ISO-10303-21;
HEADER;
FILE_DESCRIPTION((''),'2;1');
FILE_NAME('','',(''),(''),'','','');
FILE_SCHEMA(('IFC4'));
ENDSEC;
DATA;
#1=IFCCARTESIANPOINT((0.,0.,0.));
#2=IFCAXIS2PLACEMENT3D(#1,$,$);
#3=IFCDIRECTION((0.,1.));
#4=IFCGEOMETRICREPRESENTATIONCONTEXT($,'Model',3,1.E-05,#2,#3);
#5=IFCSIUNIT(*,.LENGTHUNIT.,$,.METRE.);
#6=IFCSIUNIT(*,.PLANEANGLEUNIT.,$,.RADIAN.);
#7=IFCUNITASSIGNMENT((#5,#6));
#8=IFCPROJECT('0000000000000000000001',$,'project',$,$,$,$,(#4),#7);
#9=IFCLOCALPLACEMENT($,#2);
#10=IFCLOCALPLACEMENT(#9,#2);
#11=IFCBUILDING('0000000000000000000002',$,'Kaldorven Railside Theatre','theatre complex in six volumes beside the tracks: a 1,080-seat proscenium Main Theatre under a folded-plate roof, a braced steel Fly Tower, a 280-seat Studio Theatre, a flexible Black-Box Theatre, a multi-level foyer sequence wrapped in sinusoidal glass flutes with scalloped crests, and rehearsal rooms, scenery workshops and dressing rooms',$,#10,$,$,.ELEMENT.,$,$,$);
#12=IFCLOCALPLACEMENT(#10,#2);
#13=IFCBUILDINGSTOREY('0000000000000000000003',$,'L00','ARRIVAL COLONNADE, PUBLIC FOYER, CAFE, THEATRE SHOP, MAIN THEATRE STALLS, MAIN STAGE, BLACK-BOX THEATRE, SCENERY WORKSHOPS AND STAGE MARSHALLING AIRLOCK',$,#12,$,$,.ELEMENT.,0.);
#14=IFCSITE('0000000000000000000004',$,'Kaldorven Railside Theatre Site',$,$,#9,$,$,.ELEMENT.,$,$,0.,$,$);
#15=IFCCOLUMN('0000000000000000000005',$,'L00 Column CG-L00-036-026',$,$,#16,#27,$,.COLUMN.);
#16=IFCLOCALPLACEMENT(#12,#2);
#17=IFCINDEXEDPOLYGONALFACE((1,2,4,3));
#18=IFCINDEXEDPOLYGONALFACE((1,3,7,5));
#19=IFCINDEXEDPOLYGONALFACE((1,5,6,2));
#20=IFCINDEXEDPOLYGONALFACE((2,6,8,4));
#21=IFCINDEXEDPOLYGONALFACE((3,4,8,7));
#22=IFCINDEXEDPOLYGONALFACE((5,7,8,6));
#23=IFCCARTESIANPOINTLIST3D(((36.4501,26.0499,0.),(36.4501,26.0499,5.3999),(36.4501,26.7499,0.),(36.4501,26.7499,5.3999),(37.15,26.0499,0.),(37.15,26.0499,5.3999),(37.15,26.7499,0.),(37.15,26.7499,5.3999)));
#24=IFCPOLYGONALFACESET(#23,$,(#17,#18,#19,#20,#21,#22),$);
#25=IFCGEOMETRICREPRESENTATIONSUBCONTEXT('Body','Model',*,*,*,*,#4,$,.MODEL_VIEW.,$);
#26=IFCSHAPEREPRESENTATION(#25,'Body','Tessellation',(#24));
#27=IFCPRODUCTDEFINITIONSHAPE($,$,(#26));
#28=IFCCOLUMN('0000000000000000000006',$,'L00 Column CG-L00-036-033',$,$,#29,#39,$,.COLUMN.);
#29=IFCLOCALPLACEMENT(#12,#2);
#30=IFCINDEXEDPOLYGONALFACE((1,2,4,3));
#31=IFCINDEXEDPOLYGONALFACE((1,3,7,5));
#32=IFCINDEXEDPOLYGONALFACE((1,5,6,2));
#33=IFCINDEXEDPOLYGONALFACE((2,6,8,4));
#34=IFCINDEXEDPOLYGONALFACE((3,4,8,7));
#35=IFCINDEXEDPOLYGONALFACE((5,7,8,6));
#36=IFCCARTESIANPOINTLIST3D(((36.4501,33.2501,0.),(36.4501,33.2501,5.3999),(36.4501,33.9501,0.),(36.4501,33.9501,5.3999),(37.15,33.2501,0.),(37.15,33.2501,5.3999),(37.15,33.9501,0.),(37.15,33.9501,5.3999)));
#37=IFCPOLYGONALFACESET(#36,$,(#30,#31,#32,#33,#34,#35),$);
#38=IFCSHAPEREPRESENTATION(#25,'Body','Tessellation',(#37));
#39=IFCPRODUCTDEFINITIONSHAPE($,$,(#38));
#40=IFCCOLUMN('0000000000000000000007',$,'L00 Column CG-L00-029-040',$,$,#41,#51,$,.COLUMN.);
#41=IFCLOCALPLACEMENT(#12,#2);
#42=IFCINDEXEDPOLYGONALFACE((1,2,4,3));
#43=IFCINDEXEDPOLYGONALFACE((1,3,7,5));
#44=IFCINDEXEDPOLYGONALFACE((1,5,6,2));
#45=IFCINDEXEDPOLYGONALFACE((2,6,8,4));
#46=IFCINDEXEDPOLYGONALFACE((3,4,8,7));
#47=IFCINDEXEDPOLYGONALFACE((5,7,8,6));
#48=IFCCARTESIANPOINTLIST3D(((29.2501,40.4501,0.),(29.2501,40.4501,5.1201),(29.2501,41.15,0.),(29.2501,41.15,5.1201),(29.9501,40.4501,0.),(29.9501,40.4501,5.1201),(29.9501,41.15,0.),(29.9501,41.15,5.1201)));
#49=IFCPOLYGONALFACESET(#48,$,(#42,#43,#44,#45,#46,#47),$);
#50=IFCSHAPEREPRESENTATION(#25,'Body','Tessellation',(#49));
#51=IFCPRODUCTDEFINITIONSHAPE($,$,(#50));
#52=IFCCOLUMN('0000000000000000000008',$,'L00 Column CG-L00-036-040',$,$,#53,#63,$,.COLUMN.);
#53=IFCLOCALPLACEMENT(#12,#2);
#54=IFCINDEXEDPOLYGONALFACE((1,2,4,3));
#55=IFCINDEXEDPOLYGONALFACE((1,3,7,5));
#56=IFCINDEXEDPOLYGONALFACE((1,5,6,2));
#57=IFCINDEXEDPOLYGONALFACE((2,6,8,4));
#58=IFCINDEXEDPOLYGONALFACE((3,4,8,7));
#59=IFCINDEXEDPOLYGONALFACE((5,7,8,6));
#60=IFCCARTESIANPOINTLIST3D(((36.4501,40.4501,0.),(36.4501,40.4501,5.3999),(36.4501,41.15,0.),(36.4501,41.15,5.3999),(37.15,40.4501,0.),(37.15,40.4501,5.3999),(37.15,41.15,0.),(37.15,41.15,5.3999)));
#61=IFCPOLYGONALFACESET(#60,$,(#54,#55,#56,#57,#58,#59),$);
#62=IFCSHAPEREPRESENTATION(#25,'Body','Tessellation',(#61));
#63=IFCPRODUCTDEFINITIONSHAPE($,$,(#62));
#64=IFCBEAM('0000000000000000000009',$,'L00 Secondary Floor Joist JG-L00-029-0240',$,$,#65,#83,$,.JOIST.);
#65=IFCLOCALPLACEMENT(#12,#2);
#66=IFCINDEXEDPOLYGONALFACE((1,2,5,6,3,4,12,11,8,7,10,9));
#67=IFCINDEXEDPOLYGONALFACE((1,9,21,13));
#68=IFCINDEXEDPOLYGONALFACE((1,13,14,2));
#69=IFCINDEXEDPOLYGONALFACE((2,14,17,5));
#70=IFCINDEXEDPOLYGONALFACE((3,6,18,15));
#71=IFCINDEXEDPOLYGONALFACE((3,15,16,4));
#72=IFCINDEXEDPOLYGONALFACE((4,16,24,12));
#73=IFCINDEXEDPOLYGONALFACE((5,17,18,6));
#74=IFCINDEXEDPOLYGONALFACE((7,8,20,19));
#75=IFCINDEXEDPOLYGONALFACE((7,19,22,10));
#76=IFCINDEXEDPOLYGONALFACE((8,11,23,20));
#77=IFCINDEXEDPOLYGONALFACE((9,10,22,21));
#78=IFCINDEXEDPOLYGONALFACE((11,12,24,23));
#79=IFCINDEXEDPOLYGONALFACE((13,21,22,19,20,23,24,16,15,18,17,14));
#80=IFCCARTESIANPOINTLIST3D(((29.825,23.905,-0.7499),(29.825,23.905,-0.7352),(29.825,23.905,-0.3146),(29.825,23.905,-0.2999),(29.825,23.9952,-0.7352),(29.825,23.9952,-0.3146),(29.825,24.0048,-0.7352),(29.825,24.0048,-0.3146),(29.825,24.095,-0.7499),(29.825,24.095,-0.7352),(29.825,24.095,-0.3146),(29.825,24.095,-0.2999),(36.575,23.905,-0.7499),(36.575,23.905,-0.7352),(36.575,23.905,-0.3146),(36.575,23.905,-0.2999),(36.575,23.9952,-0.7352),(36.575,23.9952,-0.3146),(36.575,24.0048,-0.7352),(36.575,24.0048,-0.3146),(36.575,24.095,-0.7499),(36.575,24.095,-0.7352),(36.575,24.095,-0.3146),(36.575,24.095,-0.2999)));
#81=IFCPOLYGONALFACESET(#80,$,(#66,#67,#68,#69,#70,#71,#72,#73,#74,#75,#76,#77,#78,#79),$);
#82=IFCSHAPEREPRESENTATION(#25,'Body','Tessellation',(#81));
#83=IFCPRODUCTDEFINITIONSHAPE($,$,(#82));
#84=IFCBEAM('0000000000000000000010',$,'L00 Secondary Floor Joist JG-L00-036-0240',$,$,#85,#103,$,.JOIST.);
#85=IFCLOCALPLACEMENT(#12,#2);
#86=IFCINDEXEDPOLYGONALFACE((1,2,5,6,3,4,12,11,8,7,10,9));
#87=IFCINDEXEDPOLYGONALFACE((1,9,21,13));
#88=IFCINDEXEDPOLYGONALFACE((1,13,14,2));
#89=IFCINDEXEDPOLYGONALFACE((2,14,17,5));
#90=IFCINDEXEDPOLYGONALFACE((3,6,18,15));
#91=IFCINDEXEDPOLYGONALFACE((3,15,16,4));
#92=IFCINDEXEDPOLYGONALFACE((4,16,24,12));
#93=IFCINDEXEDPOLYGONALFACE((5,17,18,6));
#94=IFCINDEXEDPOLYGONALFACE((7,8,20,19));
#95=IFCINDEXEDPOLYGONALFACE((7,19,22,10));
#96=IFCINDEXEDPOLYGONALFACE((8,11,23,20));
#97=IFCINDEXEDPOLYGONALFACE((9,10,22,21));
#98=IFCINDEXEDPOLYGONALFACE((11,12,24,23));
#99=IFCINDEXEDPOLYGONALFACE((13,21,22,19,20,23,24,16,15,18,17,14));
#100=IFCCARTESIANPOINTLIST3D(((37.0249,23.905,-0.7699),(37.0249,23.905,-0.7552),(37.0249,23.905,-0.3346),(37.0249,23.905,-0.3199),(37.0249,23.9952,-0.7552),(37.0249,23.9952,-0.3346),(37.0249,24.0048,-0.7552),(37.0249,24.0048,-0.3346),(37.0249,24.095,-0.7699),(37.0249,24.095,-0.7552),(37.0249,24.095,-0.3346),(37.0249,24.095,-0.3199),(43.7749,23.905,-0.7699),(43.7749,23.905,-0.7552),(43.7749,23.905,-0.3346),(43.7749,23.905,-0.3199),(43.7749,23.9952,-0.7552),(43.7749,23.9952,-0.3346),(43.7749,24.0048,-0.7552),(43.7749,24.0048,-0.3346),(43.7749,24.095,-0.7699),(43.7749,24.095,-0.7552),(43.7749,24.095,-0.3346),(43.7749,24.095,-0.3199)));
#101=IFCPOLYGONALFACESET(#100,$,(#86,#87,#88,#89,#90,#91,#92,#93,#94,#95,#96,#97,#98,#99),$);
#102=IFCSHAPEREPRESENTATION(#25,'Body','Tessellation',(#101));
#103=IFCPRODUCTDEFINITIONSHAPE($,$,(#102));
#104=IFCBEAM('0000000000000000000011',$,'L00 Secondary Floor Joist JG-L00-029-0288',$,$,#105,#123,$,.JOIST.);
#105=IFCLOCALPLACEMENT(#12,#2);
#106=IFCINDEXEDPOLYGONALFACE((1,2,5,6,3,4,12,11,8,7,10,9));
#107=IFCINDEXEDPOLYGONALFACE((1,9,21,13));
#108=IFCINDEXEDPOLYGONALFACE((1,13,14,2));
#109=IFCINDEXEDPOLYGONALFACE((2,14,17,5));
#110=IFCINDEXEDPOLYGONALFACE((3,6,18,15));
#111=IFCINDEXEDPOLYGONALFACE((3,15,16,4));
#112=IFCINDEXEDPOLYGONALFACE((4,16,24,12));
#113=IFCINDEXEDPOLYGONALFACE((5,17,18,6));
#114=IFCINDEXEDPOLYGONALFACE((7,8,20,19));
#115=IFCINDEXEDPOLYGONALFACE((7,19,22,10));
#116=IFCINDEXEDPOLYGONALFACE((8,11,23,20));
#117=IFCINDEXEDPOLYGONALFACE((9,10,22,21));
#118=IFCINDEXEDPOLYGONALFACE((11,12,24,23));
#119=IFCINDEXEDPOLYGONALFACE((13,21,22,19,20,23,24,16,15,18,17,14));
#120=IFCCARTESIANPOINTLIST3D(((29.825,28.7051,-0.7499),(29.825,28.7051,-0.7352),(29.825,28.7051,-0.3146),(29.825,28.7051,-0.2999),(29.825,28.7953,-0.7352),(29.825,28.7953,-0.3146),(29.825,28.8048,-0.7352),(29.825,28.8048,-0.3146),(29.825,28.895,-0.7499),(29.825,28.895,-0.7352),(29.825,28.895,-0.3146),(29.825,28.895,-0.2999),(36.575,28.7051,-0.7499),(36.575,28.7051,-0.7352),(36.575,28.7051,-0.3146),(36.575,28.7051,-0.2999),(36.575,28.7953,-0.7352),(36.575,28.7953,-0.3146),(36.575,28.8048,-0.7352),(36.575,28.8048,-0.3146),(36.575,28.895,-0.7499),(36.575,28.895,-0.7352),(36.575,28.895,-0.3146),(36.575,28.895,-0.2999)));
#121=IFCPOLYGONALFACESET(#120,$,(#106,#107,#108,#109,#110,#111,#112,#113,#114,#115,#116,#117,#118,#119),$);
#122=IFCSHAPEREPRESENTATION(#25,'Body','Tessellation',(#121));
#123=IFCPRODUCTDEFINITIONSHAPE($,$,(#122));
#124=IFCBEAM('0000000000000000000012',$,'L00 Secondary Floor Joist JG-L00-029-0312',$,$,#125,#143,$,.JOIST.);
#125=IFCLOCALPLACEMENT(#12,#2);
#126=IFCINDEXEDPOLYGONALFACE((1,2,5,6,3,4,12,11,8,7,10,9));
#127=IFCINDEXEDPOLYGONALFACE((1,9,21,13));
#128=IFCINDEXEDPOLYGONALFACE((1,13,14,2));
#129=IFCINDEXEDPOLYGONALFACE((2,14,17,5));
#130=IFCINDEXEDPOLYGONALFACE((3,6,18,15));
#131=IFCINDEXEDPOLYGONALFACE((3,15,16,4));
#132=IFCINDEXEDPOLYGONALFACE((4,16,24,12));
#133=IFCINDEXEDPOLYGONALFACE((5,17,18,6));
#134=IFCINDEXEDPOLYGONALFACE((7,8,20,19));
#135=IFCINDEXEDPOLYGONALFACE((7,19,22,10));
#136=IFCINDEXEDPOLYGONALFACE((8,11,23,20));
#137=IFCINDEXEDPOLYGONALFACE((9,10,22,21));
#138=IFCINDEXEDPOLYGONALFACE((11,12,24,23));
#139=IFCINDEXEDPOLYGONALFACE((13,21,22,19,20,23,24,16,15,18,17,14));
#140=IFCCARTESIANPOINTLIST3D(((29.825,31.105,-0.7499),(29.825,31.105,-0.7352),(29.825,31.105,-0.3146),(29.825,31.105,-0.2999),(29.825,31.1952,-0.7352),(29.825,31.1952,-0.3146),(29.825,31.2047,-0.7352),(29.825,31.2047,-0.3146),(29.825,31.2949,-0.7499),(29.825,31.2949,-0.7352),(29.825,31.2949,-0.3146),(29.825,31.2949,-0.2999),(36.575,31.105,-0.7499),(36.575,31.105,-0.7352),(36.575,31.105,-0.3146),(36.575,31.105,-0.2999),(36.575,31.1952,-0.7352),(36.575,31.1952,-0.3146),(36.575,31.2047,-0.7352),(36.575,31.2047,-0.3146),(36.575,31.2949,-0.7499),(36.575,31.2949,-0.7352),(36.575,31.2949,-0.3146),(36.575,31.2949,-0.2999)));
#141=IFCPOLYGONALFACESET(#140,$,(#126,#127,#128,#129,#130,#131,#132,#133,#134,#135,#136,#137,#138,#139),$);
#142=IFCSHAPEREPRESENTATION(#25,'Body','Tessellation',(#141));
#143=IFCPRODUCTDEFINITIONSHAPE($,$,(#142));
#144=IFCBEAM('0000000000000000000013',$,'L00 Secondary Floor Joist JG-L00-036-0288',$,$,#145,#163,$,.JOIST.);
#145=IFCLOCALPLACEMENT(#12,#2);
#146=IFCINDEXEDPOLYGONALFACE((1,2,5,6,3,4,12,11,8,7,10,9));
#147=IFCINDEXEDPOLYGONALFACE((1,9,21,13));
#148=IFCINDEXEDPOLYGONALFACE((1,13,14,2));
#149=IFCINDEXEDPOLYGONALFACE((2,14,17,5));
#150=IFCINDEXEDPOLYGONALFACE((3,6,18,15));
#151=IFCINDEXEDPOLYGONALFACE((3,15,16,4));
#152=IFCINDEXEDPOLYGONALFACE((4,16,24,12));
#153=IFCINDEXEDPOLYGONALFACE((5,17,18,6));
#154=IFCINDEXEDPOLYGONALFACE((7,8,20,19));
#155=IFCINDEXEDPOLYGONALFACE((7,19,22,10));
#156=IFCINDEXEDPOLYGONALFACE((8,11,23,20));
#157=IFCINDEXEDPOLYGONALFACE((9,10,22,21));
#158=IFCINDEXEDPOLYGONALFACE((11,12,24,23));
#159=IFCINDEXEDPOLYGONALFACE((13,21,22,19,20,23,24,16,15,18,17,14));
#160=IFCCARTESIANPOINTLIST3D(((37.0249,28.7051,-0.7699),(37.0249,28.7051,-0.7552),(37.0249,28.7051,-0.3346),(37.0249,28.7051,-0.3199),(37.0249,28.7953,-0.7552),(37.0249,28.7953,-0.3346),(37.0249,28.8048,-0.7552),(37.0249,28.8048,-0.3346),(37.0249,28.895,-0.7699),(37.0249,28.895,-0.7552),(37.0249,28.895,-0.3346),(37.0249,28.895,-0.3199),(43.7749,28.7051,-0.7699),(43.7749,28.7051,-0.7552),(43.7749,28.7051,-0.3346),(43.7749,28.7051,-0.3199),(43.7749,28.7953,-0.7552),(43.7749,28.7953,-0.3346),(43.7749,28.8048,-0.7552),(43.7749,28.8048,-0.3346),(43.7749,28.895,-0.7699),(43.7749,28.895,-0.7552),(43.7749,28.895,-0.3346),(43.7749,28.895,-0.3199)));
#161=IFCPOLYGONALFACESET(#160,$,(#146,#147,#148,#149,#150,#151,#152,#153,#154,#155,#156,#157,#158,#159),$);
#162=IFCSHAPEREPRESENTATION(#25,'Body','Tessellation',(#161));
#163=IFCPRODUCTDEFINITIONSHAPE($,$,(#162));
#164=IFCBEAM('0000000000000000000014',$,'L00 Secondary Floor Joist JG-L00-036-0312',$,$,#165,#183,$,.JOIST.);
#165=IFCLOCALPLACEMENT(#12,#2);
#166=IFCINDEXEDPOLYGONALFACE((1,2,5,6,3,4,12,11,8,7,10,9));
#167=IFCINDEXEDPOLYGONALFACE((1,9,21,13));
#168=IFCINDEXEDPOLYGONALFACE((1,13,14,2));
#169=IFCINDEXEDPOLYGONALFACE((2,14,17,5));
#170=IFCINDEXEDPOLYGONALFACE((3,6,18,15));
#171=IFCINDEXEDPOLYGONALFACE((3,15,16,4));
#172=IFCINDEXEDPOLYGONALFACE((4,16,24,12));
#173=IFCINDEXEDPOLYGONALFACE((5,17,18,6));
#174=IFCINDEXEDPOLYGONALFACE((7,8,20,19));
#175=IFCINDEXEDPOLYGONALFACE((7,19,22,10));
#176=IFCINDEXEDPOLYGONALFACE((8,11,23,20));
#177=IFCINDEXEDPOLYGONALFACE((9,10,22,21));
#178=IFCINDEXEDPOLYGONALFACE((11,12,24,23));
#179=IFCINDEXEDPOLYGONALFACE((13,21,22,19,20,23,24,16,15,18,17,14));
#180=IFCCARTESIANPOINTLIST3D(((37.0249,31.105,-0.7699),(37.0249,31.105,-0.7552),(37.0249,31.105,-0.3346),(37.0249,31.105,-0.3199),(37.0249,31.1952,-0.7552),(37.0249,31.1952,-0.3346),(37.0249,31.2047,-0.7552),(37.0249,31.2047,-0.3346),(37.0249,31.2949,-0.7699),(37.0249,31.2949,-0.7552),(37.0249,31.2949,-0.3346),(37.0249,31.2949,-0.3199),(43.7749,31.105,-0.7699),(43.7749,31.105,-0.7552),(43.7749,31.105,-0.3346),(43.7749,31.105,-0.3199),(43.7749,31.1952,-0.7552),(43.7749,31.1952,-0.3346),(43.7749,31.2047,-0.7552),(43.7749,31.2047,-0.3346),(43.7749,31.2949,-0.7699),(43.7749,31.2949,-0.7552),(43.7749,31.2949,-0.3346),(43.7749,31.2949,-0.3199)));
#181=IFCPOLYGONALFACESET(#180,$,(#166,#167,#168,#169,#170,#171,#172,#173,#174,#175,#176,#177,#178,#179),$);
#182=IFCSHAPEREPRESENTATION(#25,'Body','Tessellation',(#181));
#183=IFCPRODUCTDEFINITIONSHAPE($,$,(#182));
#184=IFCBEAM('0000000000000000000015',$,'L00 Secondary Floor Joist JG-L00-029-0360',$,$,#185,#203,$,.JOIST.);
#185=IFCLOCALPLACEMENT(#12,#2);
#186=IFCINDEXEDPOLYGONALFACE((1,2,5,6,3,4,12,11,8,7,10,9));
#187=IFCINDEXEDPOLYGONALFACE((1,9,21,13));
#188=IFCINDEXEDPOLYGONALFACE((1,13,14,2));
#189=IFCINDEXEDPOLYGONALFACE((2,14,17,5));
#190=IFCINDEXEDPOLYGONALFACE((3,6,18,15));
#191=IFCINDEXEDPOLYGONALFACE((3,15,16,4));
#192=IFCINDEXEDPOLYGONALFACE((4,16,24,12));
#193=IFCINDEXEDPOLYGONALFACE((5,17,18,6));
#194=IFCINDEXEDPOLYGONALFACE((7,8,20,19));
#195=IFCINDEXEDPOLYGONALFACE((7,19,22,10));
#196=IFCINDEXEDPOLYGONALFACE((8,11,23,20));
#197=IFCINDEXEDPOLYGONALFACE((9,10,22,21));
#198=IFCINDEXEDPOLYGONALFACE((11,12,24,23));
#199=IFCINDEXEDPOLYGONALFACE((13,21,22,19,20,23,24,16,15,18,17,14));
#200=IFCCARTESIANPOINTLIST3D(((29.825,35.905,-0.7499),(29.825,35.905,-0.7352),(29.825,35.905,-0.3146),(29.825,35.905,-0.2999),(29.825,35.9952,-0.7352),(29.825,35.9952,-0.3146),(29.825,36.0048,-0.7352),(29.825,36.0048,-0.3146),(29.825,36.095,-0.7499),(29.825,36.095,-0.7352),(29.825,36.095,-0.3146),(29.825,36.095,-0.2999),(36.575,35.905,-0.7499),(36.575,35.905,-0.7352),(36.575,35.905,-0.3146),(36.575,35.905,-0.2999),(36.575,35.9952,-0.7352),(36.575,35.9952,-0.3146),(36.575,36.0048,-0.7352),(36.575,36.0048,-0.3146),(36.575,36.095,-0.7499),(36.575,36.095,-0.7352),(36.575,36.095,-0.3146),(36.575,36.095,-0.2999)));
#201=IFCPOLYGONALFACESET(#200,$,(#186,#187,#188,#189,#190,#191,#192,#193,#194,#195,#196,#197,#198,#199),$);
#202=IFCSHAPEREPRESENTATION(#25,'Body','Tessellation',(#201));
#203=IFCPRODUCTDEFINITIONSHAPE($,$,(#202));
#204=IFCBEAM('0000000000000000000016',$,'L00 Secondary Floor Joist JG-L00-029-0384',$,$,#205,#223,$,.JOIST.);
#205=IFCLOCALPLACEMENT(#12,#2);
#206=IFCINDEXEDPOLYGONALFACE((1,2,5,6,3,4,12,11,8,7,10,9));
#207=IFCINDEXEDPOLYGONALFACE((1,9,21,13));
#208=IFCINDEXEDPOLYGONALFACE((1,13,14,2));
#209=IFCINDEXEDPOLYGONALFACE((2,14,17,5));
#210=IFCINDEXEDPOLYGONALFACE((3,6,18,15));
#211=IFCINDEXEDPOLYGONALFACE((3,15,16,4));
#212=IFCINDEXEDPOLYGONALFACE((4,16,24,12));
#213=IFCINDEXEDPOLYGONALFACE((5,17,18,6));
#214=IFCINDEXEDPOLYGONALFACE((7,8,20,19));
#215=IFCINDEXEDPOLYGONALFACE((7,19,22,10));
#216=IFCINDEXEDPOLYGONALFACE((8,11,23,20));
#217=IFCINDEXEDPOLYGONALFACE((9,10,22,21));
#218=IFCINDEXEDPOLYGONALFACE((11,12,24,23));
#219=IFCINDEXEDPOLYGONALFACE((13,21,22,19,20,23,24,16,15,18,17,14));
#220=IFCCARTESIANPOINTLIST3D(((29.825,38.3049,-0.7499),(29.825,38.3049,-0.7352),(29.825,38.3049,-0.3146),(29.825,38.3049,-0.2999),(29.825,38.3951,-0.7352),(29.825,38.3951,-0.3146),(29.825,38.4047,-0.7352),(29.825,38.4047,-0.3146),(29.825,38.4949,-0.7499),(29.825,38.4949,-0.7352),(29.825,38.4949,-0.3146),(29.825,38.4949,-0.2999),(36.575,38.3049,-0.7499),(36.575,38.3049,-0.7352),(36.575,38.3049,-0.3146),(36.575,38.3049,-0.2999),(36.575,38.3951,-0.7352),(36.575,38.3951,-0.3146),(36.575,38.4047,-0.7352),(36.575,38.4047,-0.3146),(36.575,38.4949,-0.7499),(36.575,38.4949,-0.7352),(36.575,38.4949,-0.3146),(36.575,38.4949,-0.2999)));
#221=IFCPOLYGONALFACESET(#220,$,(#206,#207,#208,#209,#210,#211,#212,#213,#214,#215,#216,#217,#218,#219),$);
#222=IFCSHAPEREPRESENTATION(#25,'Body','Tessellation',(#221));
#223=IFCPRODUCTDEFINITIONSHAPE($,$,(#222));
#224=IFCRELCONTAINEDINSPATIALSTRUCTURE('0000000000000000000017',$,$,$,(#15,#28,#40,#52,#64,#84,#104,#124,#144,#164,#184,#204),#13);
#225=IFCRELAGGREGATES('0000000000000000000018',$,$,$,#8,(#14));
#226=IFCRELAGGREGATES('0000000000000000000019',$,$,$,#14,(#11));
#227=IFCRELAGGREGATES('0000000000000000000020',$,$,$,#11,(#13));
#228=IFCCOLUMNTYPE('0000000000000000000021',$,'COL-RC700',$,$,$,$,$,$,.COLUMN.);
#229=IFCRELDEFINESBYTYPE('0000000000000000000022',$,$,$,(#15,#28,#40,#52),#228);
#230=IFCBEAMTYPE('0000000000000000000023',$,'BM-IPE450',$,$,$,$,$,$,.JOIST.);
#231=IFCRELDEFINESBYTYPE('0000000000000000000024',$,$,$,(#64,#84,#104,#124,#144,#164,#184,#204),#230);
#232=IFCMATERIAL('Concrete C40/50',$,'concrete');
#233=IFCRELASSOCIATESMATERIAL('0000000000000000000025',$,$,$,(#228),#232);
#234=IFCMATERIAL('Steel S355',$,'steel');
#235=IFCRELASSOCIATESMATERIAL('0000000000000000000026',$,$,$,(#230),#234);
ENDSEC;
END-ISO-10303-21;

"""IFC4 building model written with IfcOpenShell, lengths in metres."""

from ifc_helpers import new_model, si_unit, direction, frame, origin, origin_2d, place, context, subcontext, project, spatial, rectangle, i_section, extrude, material, material_profile, profile_set, type_object, element, save


model = new_model("IFC4")

# Units and contexts
model_context = context("Model", 3, precision=1e-05, world=origin(), true_north=direction((0.0, 1.0)))
body_context = subcontext(model_context, "Body", "Model", "MODEL_VIEW")
ifc_project = project(units=[si_unit("LENGTHUNIT", "METRE"), si_unit("PLANEANGLEUNIT", "RADIAN")], contexts=[model_context])

# Site, building, storey
site_placement = place(None, origin())
site = spatial("IfcSite", under=ifc_project, at=site_placement, Name="Kaldorven Railside Theatre Site", CompositionType="ELEMENT", RefElevation=0.0)
building_placement = place(site_placement, origin())
building = spatial("IfcBuilding", under=site, at=building_placement, Name="Kaldorven Railside Theatre", Description="theatre complex in six volumes beside the tracks: a 1,080-seat proscenium Main Theatre under a folded-plate roof, a braced steel Fly Tower, a 280-seat Studio Theatre, a flexible Black-Box Theatre, a multi-level foyer sequence wrapped in sinusoidal glass flutes with scalloped crests, and rehearsal rooms, scenery workshops and dressing rooms", CompositionType="ELEMENT")
storey_placement = place(building_placement, origin())
storey = spatial("IfcBuildingStorey", under=building, at=storey_placement, Name="L00", Description="ARRIVAL COLONNADE, PUBLIC FOYER, CAFE, THEATRE SHOP, MAIN THEATRE STALLS, MAIN STAGE, BLACK-BOX THEATRE, SCENERY WORKSHOPS AND STAGE MARSHALLING AIRLOCK", CompositionType="ELEMENT", Elevation=0.0)

# Columns
ifc_material_1 = material(Name="Concrete C40/50", Category="concrete")
ifc_material_profile_1 = material_profile(ifc_material_1, rectangle(XDim=0.7, YDim=0.7, at=origin_2d()), Name="RC 700x700")
ifc_profile_set_1 = profile_set([ifc_material_profile_1], Name="Concrete C40/50")
column_type = type_object("IfcColumnType", Name="COL-RC700", PredefinedType="COLUMN", material=ifc_profile_set_1)
for number, where, z_axis, x_axis, name in (
    (1, (36.8, 26.3999, 0.0), (0.0, 0.0, 1.0), (0.0, 1.0, 0.0), "L00 Column CG-L00-036-026"),
    (2, (36.8, 33.6001, 0.0), (0.0, 0.0, 1.0), (1.0, 0.0, 0.0), "L00 Column CG-L00-036-033"),
):
    element("IfcColumn", number, at=place(storey_placement, frame(where, z_axis=z_axis, x_axis=x_axis)), inside=storey, type_object=column_type, Name=name, PredefinedType="COLUMN", context=body_context, shape_type="SweptSolid", body=[
        extrude(rectangle(XDim=0.7, YDim=0.7, at=origin_2d()), origin(), (0.0, 0.0, 1.0), 5.3999),
    ])
column_1_placement = place(storey_placement, frame((29.6001, 40.8, 0.0), z_axis=(0.0, 0.0, 1.0), x_axis=(1.0, 0.0, 0.0)))
element("IfcColumn", 3, at=column_1_placement, inside=storey, type_object=column_type, Name="L00 Column CG-L00-029-040", PredefinedType="COLUMN", context=body_context, shape_type="SweptSolid", body=[
    extrude(rectangle(XDim=0.7, YDim=0.7, at=origin_2d()), origin(), (0.0, 0.0, 1.0), 5.1201),
])
column_2_placement = place(storey_placement, frame((36.8, 40.8, 0.0), z_axis=(0.0, 0.0, 1.0), x_axis=(0.0, 1.0, 0.0)))
element("IfcColumn", 4, at=column_2_placement, inside=storey, type_object=column_type, Name="L00 Column CG-L00-036-040", PredefinedType="COLUMN", context=body_context, shape_type="SweptSolid", body=[
    extrude(rectangle(XDim=0.7, YDim=0.7, at=origin_2d()), origin(), (0.0, 0.0, 1.0), 5.3999),
])

# Beams
ifc_material_2 = material(Name="Steel S355", Category="steel")
ifc_material_profile_2 = material_profile(ifc_material_2, i_section(OverallWidth=0.1899, OverallDepth=0.45, WebThickness=0.0095, FlangeThickness=0.0146, at=origin_2d()), Name="IPE 450")
ifc_profile_set_2 = profile_set([ifc_material_profile_2], Name="Steel S355")
beam_type_1 = type_object("IfcBeamType", Name="BM-IPE450", PredefinedType="JOIST", material=ifc_profile_set_2)
for number, where, z_axis, x_axis, name in (
    (5, (29.825, 24.0, -0.5249), (1.0, 0.0, 0.0), (0.0, 1.0, 0.0), "L00 Secondary Floor Joist JG-L00-029-0240"),
    (6, (37.0249, 24.0, -0.5449), (1.0, 0.0, 0.0), (0.0, 1.0, 0.0), "L00 Secondary Floor Joist JG-L00-036-0240"),
    (7, (29.825, 28.8, -0.5249), (1.0, 0.0, 0.0), (0.0, 1.0, 0.0), "L00 Secondary Floor Joist JG-L00-029-0288"),
    (8, (29.825, 31.2, -0.5249), (1.0, 0.0, 0.0), (0.0, 1.0, 0.0), "L00 Secondary Floor Joist JG-L00-029-0312"),
    (9, (37.0249, 28.8, -0.5449), (1.0, 0.0, 0.0), (0.0, 1.0, 0.0), "L00 Secondary Floor Joist JG-L00-036-0288"),
    (10, (37.0249, 31.2, -0.5449), (1.0, 0.0, 0.0), (0.0, 1.0, 0.0), "L00 Secondary Floor Joist JG-L00-036-0312"),
    (11, (29.825, 36.0, -0.5249), (1.0, 0.0, 0.0), (0.0, 1.0, 0.0), "L00 Secondary Floor Joist JG-L00-029-0360"),
    (12, (29.825, 38.3999, -0.5249), (1.0, 0.0, 0.0), (0.0, 1.0, 0.0), "L00 Secondary Floor Joist JG-L00-029-0384"),
):
    element("IfcBeam", number, at=place(storey_placement, frame(where, z_axis=z_axis, x_axis=x_axis)), inside=storey, type_object=beam_type_1, Name=name, PredefinedType="JOIST", context=body_context, shape_type="SweptSolid", body=[
        extrude(i_section(OverallWidth=0.1899, OverallDepth=0.45, WebThickness=0.0095, FlangeThickness=0.0146, at=origin_2d()), origin(), (0.0, 0.0, 1.0), 6.75),
    ])

save(model, "model.ifc")
